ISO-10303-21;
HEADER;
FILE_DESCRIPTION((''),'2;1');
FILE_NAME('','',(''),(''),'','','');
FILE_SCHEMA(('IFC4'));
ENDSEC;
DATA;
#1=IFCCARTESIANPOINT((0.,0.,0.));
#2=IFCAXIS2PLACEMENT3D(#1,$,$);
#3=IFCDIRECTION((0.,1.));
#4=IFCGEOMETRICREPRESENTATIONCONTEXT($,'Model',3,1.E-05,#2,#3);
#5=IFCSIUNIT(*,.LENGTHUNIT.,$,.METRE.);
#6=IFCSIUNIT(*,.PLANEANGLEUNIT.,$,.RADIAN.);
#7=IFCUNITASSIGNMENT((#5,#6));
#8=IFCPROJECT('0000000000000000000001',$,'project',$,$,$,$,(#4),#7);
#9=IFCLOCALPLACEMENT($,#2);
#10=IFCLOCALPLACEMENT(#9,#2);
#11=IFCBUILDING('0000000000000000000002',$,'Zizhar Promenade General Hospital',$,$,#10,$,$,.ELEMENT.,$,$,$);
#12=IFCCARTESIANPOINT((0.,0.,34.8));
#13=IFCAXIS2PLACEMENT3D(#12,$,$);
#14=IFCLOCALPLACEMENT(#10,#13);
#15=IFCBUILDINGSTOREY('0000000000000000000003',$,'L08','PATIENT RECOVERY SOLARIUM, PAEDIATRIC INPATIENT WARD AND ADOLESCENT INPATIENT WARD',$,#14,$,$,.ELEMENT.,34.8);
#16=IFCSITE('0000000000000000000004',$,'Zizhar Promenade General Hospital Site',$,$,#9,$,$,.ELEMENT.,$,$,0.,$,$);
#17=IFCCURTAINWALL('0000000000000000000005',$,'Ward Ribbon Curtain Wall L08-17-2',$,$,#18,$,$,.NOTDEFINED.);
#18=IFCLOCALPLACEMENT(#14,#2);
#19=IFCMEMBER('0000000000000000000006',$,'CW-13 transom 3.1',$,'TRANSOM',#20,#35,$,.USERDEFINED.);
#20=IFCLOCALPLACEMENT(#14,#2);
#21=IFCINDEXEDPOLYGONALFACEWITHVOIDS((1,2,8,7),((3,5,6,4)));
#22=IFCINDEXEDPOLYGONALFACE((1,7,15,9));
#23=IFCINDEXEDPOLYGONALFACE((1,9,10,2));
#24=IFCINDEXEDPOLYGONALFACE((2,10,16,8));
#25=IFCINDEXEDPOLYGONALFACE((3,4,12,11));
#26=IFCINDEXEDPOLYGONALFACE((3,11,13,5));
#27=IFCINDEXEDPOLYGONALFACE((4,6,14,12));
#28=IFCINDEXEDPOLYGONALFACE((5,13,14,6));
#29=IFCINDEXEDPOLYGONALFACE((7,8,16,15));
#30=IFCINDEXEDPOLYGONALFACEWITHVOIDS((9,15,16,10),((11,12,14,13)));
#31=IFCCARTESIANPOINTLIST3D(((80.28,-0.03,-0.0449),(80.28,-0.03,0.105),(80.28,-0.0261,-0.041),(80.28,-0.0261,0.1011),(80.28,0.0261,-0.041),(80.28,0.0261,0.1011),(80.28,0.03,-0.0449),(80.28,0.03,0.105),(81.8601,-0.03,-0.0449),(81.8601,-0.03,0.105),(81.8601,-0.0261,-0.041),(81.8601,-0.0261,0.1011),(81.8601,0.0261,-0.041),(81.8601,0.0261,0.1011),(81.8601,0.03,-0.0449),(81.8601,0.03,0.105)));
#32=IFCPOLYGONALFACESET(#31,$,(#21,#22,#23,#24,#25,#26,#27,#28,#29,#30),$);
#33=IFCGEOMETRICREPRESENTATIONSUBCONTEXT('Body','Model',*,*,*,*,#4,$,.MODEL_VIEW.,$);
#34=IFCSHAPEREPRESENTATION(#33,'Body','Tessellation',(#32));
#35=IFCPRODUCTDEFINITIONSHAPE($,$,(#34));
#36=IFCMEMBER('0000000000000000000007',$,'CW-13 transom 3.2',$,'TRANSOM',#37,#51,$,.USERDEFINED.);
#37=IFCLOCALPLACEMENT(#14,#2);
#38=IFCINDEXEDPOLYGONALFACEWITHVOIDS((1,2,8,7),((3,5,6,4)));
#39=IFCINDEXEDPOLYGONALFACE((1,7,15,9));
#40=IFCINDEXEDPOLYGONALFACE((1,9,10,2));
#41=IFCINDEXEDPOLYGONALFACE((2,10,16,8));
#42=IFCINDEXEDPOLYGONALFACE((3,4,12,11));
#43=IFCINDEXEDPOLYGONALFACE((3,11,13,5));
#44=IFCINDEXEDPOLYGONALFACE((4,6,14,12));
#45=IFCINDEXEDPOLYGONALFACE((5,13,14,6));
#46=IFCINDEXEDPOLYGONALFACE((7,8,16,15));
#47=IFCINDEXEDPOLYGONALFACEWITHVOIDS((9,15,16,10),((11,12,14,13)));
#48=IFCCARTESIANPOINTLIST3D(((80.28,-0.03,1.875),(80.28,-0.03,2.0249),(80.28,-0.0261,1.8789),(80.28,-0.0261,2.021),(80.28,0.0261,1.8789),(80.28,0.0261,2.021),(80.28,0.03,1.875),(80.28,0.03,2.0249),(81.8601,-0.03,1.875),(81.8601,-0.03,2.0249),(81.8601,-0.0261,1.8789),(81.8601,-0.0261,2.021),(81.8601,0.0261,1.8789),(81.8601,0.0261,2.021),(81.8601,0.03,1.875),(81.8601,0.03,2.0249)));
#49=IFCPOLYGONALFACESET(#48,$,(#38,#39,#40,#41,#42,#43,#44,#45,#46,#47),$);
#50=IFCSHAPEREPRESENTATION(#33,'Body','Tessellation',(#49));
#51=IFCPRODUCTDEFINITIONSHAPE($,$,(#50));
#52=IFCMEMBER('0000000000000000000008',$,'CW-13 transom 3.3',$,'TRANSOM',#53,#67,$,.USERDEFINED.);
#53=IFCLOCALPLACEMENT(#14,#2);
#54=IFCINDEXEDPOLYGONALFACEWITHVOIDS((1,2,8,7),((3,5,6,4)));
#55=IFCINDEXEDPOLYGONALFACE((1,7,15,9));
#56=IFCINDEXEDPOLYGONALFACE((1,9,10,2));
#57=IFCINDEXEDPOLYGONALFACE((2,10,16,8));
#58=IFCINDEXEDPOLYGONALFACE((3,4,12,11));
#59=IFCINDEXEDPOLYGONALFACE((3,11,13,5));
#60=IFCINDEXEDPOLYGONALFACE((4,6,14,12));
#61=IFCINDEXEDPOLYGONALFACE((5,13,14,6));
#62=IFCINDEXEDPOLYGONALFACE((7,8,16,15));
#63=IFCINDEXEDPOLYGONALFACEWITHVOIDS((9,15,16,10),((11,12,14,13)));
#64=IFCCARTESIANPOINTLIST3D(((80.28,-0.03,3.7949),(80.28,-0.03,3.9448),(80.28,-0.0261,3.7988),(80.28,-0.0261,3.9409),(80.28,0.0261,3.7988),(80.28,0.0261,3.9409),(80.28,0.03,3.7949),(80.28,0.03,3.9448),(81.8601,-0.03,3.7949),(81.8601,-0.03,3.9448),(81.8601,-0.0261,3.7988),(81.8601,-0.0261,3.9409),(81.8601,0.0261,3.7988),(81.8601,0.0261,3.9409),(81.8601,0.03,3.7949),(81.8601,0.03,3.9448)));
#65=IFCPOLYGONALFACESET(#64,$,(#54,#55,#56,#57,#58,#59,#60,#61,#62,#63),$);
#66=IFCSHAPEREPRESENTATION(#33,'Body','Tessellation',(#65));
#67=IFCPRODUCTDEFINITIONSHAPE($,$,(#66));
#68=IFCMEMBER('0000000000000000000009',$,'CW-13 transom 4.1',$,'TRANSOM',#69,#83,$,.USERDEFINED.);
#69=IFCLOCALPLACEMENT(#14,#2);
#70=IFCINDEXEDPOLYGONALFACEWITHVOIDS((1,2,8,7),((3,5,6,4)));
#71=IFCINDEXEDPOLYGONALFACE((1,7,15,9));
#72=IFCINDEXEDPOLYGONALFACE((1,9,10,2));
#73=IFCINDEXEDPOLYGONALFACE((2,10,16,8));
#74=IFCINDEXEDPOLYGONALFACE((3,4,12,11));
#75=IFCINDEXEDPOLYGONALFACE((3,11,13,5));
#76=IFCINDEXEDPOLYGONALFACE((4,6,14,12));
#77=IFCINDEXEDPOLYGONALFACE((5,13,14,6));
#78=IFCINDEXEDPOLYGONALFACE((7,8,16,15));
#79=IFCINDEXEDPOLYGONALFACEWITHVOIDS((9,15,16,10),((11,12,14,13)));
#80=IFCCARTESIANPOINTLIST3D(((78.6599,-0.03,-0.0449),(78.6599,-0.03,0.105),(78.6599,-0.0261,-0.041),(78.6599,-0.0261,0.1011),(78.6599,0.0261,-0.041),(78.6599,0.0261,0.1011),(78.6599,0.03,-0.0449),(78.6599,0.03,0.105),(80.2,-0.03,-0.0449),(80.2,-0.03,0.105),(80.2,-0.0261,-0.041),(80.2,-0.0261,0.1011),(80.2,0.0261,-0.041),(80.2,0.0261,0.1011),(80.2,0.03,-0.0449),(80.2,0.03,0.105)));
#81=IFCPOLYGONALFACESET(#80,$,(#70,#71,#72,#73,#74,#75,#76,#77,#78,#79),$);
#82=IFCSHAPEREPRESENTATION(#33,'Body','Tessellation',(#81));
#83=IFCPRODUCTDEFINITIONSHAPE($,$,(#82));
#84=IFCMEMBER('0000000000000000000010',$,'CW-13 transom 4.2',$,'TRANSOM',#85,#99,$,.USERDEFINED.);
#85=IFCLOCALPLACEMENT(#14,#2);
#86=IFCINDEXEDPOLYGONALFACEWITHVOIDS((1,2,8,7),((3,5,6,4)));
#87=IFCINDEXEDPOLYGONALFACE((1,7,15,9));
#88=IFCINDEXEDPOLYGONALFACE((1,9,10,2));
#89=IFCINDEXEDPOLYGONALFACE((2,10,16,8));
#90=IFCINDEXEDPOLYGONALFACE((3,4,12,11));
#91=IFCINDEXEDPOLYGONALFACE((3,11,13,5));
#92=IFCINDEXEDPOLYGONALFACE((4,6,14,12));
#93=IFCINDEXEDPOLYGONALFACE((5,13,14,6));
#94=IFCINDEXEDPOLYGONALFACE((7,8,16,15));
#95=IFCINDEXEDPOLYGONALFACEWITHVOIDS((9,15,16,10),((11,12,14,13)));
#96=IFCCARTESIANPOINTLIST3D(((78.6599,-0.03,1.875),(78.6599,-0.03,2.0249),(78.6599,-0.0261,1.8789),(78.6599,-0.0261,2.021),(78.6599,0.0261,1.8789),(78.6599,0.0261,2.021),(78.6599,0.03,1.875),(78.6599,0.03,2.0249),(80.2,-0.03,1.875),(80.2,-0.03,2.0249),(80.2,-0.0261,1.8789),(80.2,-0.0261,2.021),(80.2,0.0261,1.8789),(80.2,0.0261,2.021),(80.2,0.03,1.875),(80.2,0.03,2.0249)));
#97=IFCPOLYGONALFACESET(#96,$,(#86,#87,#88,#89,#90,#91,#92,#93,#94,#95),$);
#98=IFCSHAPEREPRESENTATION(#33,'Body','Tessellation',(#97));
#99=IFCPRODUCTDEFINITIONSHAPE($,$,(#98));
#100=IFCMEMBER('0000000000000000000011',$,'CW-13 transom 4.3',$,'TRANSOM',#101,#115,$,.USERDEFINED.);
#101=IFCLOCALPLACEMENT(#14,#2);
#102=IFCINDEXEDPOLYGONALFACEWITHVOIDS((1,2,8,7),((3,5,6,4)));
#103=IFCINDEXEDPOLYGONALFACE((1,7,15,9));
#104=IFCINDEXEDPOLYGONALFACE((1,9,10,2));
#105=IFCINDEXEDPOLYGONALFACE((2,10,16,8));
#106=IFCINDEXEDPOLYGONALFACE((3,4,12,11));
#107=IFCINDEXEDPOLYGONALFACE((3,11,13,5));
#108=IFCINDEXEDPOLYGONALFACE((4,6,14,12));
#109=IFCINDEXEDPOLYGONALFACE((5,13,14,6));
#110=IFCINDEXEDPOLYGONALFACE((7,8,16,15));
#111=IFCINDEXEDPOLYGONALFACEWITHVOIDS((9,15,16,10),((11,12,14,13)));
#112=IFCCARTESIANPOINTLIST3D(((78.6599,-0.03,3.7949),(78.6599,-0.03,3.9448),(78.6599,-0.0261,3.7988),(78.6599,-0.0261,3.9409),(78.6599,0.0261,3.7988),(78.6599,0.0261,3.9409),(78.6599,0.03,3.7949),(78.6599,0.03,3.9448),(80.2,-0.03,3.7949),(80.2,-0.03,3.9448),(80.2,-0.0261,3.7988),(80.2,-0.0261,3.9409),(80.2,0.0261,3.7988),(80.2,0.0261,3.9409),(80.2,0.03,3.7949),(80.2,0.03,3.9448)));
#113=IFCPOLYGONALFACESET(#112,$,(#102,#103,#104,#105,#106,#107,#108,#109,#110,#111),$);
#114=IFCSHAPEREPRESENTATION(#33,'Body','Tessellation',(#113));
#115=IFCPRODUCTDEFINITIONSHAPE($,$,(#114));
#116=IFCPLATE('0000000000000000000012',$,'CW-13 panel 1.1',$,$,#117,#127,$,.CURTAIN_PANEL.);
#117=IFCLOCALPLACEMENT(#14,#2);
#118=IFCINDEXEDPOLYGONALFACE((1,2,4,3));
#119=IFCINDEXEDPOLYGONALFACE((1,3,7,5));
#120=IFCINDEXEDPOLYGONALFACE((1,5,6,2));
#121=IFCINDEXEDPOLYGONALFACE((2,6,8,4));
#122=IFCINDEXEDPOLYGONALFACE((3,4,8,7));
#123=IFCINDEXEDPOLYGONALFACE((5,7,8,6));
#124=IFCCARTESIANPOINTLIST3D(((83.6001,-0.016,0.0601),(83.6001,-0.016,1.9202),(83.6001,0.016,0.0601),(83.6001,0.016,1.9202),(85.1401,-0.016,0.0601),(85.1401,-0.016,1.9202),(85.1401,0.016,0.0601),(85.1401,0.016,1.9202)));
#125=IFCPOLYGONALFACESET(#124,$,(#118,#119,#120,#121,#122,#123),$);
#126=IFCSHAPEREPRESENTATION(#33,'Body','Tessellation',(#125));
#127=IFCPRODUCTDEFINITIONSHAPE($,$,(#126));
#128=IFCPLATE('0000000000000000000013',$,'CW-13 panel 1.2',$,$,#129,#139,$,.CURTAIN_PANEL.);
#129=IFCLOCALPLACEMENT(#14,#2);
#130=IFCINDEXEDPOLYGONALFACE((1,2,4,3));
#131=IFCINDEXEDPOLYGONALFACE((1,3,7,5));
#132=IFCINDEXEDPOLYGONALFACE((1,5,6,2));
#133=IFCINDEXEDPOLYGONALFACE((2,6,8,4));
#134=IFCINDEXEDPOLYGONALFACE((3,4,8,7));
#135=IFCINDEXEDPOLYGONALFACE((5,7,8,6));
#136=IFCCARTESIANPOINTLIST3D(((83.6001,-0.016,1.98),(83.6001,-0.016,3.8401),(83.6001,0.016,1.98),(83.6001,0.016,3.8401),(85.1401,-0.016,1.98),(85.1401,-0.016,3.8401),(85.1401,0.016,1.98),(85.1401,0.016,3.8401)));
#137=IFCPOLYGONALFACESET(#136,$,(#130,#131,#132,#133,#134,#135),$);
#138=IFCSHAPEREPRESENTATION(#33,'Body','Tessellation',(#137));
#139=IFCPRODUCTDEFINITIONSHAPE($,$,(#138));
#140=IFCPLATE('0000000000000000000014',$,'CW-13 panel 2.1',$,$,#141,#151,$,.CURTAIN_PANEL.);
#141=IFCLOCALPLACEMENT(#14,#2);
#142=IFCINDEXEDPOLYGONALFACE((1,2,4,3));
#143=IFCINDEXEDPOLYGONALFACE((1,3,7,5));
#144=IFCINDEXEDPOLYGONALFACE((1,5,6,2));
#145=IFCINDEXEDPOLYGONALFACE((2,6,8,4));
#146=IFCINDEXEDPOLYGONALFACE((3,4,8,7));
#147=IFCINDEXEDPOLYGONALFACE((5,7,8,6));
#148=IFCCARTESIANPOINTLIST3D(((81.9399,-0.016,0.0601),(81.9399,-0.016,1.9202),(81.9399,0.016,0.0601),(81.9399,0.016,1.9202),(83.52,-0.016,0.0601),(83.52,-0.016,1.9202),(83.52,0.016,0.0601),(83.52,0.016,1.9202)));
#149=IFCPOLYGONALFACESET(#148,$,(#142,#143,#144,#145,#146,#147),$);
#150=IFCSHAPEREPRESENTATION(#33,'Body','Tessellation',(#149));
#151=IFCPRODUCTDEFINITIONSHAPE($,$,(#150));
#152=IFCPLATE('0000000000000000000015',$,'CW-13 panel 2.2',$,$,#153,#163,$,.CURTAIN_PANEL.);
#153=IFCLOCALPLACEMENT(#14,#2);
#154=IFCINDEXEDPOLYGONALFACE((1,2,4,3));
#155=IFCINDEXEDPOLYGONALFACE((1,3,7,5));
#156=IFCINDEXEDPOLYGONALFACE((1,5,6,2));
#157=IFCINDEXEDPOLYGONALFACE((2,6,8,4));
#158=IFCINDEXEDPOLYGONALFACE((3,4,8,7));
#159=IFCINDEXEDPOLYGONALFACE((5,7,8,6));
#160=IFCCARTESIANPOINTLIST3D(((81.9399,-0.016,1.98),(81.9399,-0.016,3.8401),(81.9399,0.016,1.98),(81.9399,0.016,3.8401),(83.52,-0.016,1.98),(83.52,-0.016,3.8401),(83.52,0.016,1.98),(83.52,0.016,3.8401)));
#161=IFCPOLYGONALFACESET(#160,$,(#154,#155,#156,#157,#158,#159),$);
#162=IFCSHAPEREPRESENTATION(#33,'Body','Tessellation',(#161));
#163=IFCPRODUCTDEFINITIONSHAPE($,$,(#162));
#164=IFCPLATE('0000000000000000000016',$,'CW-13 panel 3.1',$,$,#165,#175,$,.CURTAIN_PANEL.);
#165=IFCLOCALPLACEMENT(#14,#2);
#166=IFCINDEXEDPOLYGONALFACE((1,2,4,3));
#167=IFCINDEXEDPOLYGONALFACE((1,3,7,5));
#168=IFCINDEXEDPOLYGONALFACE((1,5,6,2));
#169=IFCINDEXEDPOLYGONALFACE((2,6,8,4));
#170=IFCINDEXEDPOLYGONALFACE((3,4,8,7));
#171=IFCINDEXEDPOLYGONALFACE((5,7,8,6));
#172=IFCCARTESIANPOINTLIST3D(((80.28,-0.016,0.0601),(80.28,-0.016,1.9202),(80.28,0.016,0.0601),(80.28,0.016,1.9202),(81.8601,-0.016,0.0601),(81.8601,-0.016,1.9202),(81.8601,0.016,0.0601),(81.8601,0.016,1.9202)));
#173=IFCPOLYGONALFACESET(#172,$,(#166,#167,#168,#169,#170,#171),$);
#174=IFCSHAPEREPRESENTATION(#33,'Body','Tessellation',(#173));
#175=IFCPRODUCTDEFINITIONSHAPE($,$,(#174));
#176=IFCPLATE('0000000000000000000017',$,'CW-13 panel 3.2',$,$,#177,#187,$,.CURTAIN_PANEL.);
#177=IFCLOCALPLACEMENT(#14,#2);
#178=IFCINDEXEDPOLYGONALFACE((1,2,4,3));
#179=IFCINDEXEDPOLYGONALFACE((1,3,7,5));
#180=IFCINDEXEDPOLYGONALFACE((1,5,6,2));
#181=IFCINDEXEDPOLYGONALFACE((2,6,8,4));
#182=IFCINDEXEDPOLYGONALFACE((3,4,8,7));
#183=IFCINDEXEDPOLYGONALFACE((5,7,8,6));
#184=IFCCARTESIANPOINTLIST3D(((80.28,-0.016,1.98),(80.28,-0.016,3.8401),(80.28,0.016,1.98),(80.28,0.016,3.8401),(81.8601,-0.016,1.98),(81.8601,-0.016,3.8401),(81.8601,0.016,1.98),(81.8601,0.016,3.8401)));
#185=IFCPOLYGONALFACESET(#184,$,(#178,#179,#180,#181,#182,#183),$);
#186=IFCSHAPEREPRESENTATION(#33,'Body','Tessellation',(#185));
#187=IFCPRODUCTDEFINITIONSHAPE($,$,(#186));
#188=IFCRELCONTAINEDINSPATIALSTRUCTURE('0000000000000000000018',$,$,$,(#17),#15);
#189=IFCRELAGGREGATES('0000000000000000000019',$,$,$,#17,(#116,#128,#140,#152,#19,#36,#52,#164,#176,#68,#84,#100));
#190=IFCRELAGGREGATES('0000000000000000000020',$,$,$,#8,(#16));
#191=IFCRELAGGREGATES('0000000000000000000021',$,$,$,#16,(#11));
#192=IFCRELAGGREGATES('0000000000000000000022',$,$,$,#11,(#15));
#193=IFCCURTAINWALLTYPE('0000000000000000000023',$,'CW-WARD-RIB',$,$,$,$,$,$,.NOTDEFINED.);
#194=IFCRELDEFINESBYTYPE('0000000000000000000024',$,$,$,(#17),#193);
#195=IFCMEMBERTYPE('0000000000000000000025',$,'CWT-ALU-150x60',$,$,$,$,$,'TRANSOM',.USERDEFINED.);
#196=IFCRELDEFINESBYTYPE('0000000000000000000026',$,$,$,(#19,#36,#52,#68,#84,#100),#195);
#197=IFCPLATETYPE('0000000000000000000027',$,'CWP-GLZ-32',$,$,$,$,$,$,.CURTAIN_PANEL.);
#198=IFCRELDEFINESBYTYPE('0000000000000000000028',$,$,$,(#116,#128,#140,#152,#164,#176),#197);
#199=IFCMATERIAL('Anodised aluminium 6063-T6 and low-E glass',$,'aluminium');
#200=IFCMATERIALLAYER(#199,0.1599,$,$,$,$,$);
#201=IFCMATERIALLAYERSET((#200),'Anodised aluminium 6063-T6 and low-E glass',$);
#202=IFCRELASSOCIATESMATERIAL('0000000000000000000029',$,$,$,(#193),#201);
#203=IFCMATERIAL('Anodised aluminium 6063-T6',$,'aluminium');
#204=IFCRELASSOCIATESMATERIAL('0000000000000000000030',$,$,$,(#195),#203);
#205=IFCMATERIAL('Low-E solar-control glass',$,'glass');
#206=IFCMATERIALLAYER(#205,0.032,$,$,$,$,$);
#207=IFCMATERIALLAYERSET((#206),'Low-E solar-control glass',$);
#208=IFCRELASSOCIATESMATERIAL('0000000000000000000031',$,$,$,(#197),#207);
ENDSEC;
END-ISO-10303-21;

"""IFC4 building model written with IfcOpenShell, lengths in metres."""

from ifc_helpers import new_model, si_unit, direction, frame, origin, origin_2d, place, context, subcontext, project, spatial, rectangle, hollow_rectangle, extrude, material, layer, layer_set, material_profile, profile_set, type_object, element, aggregate, save


model = new_model("IFC4")

# Units and contexts
model_context = context("Model", 3, precision=1e-05, world=origin(), true_north=direction((0.0, 1.0)))
body_context = subcontext(model_context, "Body", "Model", "MODEL_VIEW")
ifc_project = project(units=[si_unit("LENGTHUNIT", "METRE"), si_unit("PLANEANGLEUNIT", "RADIAN")], contexts=[model_context])

# Site, building, storey
site_placement = place(None, origin())
site = spatial("IfcSite", under=ifc_project, at=site_placement, Name="Zizhar Promenade General Hospital Site", CompositionType="ELEMENT", RefElevation=0.0)
building_placement = place(site_placement, origin())
building = spatial("IfcBuilding", under=site, at=building_placement, Name="Zizhar Promenade General Hospital", CompositionType="ELEMENT")
storey_placement = place(building_placement, frame((0.0, 0.0, 34.8)))
storey = spatial("IfcBuildingStorey", under=building, at=storey_placement, Name="L08", Description="PATIENT RECOVERY SOLARIUM, PAEDIATRIC INPATIENT WARD AND ADOLESCENT INPATIENT WARD", CompositionType="ELEMENT", Elevation=34.8)

# Curtain wall, members, plates
ifc_material_1 = material(Name="Anodised aluminium 6063-T6 and low-E glass", Category="aluminium")
ifc_layer_1 = layer(ifc_material_1, 0.1599)
ifc_layer_set_1 = layer_set([ifc_layer_1], Name="Anodised aluminium 6063-T6 and low-E glass")
curtain_wall_type = type_object("IfcCurtainWallType", Name="CW-WARD-RIB", PredefinedType="NOTDEFINED", material=ifc_layer_set_1)
curtain_wall_placement = place(storey_placement, origin())
curtain_wall = element("IfcCurtainWall", 1, at=curtain_wall_placement, inside=storey, type_object=curtain_wall_type, Name="Ward Ribbon Curtain Wall L08-17-2", PredefinedType="NOTDEFINED")
ifc_material_2 = material(Name="Anodised aluminium 6063-T6", Category="aluminium")
ifc_material_profile_1 = material_profile(ifc_material_2, hollow_rectangle(XDim=0.0601, YDim=0.1499, WallThickness=0.0039, at=origin_2d()))
ifc_profile_set_1 = profile_set([ifc_material_profile_1], Name="Anodised aluminium 6063-T6")
member_type_1 = type_object("IfcMemberType", Name="CWT-ALU-150x60", ElementType="TRANSOM", PredefinedType="USERDEFINED", material=ifc_profile_set_1)
member_1_placement = place(storey_placement, frame((81.8601, 0.0, 0.03), z_axis=(-1.0, 0.0, 0.0), x_axis=(0.0, -1.0, 0.0)))
member_1 = element("IfcMember", 2, at=member_1_placement, type_object=member_type_1, Name="CW-13 transom 3.1", ObjectType="TRANSOM", PredefinedType="USERDEFINED", context=body_context, shape_type="SweptSolid", body=[
    extrude(hollow_rectangle(XDim=0.0601, YDim=0.1499, WallThickness=0.0039, at=origin_2d()), origin(), (0.0, 0.0, 1.0), 1.5801),
])
member_2_placement = place(storey_placement, frame((81.8601, 0.0, 1.95), z_axis=(-1.0, 0.0, 0.0), x_axis=(0.0, -1.0, 0.0)))
member_2 = element("IfcMember", 3, at=member_2_placement, type_object=member_type_1, Name="CW-13 transom 3.2", ObjectType="TRANSOM", PredefinedType="USERDEFINED", context=body_context, shape_type="SweptSolid", body=[
    extrude(hollow_rectangle(XDim=0.0601, YDim=0.1499, WallThickness=0.0039, at=origin_2d()), origin(), (0.0, 0.0, 1.0), 1.5801),
])
member_3_placement = place(storey_placement, frame((81.8601, 0.0, 3.8699), z_axis=(-1.0, 0.0, 0.0), x_axis=(0.0, -1.0, 0.0)))
member_3 = element("IfcMember", 4, at=member_3_placement, type_object=member_type_1, Name="CW-13 transom 3.3", ObjectType="TRANSOM", PredefinedType="USERDEFINED", context=body_context, shape_type="SweptSolid", body=[
    extrude(hollow_rectangle(XDim=0.0601, YDim=0.1499, WallThickness=0.0039, at=origin_2d()), origin(), (0.0, 0.0, 1.0), 1.5801),
])
member_4_placement = place(storey_placement, frame((80.2, 0.0, 0.03), z_axis=(-1.0, 0.0, 0.0), x_axis=(0.0, -1.0, 0.0)))
member_4 = element("IfcMember", 5, at=member_4_placement, type_object=member_type_1, Name="CW-13 transom 4.1", ObjectType="TRANSOM", PredefinedType="USERDEFINED", context=body_context, shape_type="SweptSolid", body=[
    extrude(hollow_rectangle(XDim=0.0601, YDim=0.1499, WallThickness=0.0039, at=origin_2d()), origin(), (0.0, 0.0, 1.0), 1.54),
])
member_5_placement = place(storey_placement, frame((80.2, 0.0, 1.95), z_axis=(-1.0, 0.0, 0.0), x_axis=(0.0, -1.0, 0.0)))
member_5 = element("IfcMember", 6, at=member_5_placement, type_object=member_type_1, Name="CW-13 transom 4.2", ObjectType="TRANSOM", PredefinedType="USERDEFINED", context=body_context, shape_type="SweptSolid", body=[
    extrude(hollow_rectangle(XDim=0.0601, YDim=0.1499, WallThickness=0.0039, at=origin_2d()), origin(), (0.0, 0.0, 1.0), 1.54),
])
member_6_placement = place(storey_placement, frame((80.2, 0.0, 3.8699), z_axis=(-1.0, 0.0, 0.0), x_axis=(0.0, -1.0, 0.0)))
member_6 = element("IfcMember", 7, at=member_6_placement, type_object=member_type_1, Name="CW-13 transom 4.3", ObjectType="TRANSOM", PredefinedType="USERDEFINED", context=body_context, shape_type="SweptSolid", body=[
    extrude(hollow_rectangle(XDim=0.0601, YDim=0.1499, WallThickness=0.0039, at=origin_2d()), origin(), (0.0, 0.0, 1.0), 1.54),
])
ifc_material_3 = material(Name="Low-E solar-control glass", Category="glass")
ifc_layer_2 = layer(ifc_material_3, 0.032)
ifc_layer_set_2 = layer_set([ifc_layer_2], Name="Low-E solar-control glass")
plate_type = type_object("IfcPlateType", Name="CWP-GLZ-32", PredefinedType="CURTAIN_PANEL", material=ifc_layer_set_2)
plate_1_placement = place(storey_placement, frame((84.3701, 0.0, 0.0601), z_axis=(0.0, 0.0, 1.0), x_axis=(-1.0, 0.0, 0.0)))
plate_1 = element("IfcPlate", 8, at=plate_1_placement, type_object=plate_type, Name="CW-13 panel 1.1", PredefinedType="CURTAIN_PANEL", context=body_context, shape_type="SweptSolid", body=[
    extrude(rectangle(XDim=1.54, YDim=0.032, at=origin_2d()), origin(), (0.0, 0.0, 1.0), 1.8601),
])
plate_2_placement = place(storey_placement, frame((84.3701, 0.0, 1.98), z_axis=(0.0, 0.0, 1.0), x_axis=(-1.0, 0.0, 0.0)))
plate_2 = element("IfcPlate", 9, at=plate_2_placement, type_object=plate_type, Name="CW-13 panel 1.2", PredefinedType="CURTAIN_PANEL", context=body_context, shape_type="SweptSolid", body=[
    extrude(rectangle(XDim=1.54, YDim=0.032, at=origin_2d()), origin(), (0.0, 0.0, 1.0), 1.8601),
])
plate_3_placement = place(storey_placement, frame((82.73, 0.0, 0.0601), z_axis=(0.0, 0.0, 1.0), x_axis=(-1.0, 0.0, 0.0)))
plate_3 = element("IfcPlate", 10, at=plate_3_placement, type_object=plate_type, Name="CW-13 panel 2.1", PredefinedType="CURTAIN_PANEL", context=body_context, shape_type="SweptSolid", body=[
    extrude(rectangle(XDim=1.5801, YDim=0.032, at=origin_2d()), origin(), (0.0, 0.0, 1.0), 1.8601),
])
plate_4_placement = place(storey_placement, frame((82.73, 0.0, 1.98), z_axis=(0.0, 0.0, 1.0), x_axis=(-1.0, 0.0, 0.0)))
plate_4 = element("IfcPlate", 11, at=plate_4_placement, type_object=plate_type, Name="CW-13 panel 2.2", PredefinedType="CURTAIN_PANEL", context=body_context, shape_type="SweptSolid", body=[
    extrude(rectangle(XDim=1.5801, YDim=0.032, at=origin_2d()), origin(), (0.0, 0.0, 1.0), 1.8601),
])
plate_5_placement = place(storey_placement, frame((81.0701, 0.0, 0.0601), z_axis=(0.0, 0.0, 1.0), x_axis=(-1.0, 0.0, 0.0)))
plate_5 = element("IfcPlate", 12, at=plate_5_placement, type_object=plate_type, Name="CW-13 panel 3.1", PredefinedType="CURTAIN_PANEL", context=body_context, shape_type="SweptSolid", body=[
    extrude(rectangle(XDim=1.5801, YDim=0.032, at=origin_2d()), origin(), (0.0, 0.0, 1.0), 1.8601),
])
plate_6_placement = place(storey_placement, frame((81.0701, 0.0, 1.98), z_axis=(0.0, 0.0, 1.0), x_axis=(-1.0, 0.0, 0.0)))
plate_6 = element("IfcPlate", 13, at=plate_6_placement, type_object=plate_type, Name="CW-13 panel 3.2", PredefinedType="CURTAIN_PANEL", context=body_context, shape_type="SweptSolid", body=[
    extrude(rectangle(XDim=1.5801, YDim=0.032, at=origin_2d()), origin(), (0.0, 0.0, 1.0), 1.8601),
])
aggregate(curtain_wall, [plate_1, plate_2, plate_3, plate_4, member_1, member_2, member_3, plate_5, plate_6, member_4, member_5, member_6])

save(model, "model.ifc")
